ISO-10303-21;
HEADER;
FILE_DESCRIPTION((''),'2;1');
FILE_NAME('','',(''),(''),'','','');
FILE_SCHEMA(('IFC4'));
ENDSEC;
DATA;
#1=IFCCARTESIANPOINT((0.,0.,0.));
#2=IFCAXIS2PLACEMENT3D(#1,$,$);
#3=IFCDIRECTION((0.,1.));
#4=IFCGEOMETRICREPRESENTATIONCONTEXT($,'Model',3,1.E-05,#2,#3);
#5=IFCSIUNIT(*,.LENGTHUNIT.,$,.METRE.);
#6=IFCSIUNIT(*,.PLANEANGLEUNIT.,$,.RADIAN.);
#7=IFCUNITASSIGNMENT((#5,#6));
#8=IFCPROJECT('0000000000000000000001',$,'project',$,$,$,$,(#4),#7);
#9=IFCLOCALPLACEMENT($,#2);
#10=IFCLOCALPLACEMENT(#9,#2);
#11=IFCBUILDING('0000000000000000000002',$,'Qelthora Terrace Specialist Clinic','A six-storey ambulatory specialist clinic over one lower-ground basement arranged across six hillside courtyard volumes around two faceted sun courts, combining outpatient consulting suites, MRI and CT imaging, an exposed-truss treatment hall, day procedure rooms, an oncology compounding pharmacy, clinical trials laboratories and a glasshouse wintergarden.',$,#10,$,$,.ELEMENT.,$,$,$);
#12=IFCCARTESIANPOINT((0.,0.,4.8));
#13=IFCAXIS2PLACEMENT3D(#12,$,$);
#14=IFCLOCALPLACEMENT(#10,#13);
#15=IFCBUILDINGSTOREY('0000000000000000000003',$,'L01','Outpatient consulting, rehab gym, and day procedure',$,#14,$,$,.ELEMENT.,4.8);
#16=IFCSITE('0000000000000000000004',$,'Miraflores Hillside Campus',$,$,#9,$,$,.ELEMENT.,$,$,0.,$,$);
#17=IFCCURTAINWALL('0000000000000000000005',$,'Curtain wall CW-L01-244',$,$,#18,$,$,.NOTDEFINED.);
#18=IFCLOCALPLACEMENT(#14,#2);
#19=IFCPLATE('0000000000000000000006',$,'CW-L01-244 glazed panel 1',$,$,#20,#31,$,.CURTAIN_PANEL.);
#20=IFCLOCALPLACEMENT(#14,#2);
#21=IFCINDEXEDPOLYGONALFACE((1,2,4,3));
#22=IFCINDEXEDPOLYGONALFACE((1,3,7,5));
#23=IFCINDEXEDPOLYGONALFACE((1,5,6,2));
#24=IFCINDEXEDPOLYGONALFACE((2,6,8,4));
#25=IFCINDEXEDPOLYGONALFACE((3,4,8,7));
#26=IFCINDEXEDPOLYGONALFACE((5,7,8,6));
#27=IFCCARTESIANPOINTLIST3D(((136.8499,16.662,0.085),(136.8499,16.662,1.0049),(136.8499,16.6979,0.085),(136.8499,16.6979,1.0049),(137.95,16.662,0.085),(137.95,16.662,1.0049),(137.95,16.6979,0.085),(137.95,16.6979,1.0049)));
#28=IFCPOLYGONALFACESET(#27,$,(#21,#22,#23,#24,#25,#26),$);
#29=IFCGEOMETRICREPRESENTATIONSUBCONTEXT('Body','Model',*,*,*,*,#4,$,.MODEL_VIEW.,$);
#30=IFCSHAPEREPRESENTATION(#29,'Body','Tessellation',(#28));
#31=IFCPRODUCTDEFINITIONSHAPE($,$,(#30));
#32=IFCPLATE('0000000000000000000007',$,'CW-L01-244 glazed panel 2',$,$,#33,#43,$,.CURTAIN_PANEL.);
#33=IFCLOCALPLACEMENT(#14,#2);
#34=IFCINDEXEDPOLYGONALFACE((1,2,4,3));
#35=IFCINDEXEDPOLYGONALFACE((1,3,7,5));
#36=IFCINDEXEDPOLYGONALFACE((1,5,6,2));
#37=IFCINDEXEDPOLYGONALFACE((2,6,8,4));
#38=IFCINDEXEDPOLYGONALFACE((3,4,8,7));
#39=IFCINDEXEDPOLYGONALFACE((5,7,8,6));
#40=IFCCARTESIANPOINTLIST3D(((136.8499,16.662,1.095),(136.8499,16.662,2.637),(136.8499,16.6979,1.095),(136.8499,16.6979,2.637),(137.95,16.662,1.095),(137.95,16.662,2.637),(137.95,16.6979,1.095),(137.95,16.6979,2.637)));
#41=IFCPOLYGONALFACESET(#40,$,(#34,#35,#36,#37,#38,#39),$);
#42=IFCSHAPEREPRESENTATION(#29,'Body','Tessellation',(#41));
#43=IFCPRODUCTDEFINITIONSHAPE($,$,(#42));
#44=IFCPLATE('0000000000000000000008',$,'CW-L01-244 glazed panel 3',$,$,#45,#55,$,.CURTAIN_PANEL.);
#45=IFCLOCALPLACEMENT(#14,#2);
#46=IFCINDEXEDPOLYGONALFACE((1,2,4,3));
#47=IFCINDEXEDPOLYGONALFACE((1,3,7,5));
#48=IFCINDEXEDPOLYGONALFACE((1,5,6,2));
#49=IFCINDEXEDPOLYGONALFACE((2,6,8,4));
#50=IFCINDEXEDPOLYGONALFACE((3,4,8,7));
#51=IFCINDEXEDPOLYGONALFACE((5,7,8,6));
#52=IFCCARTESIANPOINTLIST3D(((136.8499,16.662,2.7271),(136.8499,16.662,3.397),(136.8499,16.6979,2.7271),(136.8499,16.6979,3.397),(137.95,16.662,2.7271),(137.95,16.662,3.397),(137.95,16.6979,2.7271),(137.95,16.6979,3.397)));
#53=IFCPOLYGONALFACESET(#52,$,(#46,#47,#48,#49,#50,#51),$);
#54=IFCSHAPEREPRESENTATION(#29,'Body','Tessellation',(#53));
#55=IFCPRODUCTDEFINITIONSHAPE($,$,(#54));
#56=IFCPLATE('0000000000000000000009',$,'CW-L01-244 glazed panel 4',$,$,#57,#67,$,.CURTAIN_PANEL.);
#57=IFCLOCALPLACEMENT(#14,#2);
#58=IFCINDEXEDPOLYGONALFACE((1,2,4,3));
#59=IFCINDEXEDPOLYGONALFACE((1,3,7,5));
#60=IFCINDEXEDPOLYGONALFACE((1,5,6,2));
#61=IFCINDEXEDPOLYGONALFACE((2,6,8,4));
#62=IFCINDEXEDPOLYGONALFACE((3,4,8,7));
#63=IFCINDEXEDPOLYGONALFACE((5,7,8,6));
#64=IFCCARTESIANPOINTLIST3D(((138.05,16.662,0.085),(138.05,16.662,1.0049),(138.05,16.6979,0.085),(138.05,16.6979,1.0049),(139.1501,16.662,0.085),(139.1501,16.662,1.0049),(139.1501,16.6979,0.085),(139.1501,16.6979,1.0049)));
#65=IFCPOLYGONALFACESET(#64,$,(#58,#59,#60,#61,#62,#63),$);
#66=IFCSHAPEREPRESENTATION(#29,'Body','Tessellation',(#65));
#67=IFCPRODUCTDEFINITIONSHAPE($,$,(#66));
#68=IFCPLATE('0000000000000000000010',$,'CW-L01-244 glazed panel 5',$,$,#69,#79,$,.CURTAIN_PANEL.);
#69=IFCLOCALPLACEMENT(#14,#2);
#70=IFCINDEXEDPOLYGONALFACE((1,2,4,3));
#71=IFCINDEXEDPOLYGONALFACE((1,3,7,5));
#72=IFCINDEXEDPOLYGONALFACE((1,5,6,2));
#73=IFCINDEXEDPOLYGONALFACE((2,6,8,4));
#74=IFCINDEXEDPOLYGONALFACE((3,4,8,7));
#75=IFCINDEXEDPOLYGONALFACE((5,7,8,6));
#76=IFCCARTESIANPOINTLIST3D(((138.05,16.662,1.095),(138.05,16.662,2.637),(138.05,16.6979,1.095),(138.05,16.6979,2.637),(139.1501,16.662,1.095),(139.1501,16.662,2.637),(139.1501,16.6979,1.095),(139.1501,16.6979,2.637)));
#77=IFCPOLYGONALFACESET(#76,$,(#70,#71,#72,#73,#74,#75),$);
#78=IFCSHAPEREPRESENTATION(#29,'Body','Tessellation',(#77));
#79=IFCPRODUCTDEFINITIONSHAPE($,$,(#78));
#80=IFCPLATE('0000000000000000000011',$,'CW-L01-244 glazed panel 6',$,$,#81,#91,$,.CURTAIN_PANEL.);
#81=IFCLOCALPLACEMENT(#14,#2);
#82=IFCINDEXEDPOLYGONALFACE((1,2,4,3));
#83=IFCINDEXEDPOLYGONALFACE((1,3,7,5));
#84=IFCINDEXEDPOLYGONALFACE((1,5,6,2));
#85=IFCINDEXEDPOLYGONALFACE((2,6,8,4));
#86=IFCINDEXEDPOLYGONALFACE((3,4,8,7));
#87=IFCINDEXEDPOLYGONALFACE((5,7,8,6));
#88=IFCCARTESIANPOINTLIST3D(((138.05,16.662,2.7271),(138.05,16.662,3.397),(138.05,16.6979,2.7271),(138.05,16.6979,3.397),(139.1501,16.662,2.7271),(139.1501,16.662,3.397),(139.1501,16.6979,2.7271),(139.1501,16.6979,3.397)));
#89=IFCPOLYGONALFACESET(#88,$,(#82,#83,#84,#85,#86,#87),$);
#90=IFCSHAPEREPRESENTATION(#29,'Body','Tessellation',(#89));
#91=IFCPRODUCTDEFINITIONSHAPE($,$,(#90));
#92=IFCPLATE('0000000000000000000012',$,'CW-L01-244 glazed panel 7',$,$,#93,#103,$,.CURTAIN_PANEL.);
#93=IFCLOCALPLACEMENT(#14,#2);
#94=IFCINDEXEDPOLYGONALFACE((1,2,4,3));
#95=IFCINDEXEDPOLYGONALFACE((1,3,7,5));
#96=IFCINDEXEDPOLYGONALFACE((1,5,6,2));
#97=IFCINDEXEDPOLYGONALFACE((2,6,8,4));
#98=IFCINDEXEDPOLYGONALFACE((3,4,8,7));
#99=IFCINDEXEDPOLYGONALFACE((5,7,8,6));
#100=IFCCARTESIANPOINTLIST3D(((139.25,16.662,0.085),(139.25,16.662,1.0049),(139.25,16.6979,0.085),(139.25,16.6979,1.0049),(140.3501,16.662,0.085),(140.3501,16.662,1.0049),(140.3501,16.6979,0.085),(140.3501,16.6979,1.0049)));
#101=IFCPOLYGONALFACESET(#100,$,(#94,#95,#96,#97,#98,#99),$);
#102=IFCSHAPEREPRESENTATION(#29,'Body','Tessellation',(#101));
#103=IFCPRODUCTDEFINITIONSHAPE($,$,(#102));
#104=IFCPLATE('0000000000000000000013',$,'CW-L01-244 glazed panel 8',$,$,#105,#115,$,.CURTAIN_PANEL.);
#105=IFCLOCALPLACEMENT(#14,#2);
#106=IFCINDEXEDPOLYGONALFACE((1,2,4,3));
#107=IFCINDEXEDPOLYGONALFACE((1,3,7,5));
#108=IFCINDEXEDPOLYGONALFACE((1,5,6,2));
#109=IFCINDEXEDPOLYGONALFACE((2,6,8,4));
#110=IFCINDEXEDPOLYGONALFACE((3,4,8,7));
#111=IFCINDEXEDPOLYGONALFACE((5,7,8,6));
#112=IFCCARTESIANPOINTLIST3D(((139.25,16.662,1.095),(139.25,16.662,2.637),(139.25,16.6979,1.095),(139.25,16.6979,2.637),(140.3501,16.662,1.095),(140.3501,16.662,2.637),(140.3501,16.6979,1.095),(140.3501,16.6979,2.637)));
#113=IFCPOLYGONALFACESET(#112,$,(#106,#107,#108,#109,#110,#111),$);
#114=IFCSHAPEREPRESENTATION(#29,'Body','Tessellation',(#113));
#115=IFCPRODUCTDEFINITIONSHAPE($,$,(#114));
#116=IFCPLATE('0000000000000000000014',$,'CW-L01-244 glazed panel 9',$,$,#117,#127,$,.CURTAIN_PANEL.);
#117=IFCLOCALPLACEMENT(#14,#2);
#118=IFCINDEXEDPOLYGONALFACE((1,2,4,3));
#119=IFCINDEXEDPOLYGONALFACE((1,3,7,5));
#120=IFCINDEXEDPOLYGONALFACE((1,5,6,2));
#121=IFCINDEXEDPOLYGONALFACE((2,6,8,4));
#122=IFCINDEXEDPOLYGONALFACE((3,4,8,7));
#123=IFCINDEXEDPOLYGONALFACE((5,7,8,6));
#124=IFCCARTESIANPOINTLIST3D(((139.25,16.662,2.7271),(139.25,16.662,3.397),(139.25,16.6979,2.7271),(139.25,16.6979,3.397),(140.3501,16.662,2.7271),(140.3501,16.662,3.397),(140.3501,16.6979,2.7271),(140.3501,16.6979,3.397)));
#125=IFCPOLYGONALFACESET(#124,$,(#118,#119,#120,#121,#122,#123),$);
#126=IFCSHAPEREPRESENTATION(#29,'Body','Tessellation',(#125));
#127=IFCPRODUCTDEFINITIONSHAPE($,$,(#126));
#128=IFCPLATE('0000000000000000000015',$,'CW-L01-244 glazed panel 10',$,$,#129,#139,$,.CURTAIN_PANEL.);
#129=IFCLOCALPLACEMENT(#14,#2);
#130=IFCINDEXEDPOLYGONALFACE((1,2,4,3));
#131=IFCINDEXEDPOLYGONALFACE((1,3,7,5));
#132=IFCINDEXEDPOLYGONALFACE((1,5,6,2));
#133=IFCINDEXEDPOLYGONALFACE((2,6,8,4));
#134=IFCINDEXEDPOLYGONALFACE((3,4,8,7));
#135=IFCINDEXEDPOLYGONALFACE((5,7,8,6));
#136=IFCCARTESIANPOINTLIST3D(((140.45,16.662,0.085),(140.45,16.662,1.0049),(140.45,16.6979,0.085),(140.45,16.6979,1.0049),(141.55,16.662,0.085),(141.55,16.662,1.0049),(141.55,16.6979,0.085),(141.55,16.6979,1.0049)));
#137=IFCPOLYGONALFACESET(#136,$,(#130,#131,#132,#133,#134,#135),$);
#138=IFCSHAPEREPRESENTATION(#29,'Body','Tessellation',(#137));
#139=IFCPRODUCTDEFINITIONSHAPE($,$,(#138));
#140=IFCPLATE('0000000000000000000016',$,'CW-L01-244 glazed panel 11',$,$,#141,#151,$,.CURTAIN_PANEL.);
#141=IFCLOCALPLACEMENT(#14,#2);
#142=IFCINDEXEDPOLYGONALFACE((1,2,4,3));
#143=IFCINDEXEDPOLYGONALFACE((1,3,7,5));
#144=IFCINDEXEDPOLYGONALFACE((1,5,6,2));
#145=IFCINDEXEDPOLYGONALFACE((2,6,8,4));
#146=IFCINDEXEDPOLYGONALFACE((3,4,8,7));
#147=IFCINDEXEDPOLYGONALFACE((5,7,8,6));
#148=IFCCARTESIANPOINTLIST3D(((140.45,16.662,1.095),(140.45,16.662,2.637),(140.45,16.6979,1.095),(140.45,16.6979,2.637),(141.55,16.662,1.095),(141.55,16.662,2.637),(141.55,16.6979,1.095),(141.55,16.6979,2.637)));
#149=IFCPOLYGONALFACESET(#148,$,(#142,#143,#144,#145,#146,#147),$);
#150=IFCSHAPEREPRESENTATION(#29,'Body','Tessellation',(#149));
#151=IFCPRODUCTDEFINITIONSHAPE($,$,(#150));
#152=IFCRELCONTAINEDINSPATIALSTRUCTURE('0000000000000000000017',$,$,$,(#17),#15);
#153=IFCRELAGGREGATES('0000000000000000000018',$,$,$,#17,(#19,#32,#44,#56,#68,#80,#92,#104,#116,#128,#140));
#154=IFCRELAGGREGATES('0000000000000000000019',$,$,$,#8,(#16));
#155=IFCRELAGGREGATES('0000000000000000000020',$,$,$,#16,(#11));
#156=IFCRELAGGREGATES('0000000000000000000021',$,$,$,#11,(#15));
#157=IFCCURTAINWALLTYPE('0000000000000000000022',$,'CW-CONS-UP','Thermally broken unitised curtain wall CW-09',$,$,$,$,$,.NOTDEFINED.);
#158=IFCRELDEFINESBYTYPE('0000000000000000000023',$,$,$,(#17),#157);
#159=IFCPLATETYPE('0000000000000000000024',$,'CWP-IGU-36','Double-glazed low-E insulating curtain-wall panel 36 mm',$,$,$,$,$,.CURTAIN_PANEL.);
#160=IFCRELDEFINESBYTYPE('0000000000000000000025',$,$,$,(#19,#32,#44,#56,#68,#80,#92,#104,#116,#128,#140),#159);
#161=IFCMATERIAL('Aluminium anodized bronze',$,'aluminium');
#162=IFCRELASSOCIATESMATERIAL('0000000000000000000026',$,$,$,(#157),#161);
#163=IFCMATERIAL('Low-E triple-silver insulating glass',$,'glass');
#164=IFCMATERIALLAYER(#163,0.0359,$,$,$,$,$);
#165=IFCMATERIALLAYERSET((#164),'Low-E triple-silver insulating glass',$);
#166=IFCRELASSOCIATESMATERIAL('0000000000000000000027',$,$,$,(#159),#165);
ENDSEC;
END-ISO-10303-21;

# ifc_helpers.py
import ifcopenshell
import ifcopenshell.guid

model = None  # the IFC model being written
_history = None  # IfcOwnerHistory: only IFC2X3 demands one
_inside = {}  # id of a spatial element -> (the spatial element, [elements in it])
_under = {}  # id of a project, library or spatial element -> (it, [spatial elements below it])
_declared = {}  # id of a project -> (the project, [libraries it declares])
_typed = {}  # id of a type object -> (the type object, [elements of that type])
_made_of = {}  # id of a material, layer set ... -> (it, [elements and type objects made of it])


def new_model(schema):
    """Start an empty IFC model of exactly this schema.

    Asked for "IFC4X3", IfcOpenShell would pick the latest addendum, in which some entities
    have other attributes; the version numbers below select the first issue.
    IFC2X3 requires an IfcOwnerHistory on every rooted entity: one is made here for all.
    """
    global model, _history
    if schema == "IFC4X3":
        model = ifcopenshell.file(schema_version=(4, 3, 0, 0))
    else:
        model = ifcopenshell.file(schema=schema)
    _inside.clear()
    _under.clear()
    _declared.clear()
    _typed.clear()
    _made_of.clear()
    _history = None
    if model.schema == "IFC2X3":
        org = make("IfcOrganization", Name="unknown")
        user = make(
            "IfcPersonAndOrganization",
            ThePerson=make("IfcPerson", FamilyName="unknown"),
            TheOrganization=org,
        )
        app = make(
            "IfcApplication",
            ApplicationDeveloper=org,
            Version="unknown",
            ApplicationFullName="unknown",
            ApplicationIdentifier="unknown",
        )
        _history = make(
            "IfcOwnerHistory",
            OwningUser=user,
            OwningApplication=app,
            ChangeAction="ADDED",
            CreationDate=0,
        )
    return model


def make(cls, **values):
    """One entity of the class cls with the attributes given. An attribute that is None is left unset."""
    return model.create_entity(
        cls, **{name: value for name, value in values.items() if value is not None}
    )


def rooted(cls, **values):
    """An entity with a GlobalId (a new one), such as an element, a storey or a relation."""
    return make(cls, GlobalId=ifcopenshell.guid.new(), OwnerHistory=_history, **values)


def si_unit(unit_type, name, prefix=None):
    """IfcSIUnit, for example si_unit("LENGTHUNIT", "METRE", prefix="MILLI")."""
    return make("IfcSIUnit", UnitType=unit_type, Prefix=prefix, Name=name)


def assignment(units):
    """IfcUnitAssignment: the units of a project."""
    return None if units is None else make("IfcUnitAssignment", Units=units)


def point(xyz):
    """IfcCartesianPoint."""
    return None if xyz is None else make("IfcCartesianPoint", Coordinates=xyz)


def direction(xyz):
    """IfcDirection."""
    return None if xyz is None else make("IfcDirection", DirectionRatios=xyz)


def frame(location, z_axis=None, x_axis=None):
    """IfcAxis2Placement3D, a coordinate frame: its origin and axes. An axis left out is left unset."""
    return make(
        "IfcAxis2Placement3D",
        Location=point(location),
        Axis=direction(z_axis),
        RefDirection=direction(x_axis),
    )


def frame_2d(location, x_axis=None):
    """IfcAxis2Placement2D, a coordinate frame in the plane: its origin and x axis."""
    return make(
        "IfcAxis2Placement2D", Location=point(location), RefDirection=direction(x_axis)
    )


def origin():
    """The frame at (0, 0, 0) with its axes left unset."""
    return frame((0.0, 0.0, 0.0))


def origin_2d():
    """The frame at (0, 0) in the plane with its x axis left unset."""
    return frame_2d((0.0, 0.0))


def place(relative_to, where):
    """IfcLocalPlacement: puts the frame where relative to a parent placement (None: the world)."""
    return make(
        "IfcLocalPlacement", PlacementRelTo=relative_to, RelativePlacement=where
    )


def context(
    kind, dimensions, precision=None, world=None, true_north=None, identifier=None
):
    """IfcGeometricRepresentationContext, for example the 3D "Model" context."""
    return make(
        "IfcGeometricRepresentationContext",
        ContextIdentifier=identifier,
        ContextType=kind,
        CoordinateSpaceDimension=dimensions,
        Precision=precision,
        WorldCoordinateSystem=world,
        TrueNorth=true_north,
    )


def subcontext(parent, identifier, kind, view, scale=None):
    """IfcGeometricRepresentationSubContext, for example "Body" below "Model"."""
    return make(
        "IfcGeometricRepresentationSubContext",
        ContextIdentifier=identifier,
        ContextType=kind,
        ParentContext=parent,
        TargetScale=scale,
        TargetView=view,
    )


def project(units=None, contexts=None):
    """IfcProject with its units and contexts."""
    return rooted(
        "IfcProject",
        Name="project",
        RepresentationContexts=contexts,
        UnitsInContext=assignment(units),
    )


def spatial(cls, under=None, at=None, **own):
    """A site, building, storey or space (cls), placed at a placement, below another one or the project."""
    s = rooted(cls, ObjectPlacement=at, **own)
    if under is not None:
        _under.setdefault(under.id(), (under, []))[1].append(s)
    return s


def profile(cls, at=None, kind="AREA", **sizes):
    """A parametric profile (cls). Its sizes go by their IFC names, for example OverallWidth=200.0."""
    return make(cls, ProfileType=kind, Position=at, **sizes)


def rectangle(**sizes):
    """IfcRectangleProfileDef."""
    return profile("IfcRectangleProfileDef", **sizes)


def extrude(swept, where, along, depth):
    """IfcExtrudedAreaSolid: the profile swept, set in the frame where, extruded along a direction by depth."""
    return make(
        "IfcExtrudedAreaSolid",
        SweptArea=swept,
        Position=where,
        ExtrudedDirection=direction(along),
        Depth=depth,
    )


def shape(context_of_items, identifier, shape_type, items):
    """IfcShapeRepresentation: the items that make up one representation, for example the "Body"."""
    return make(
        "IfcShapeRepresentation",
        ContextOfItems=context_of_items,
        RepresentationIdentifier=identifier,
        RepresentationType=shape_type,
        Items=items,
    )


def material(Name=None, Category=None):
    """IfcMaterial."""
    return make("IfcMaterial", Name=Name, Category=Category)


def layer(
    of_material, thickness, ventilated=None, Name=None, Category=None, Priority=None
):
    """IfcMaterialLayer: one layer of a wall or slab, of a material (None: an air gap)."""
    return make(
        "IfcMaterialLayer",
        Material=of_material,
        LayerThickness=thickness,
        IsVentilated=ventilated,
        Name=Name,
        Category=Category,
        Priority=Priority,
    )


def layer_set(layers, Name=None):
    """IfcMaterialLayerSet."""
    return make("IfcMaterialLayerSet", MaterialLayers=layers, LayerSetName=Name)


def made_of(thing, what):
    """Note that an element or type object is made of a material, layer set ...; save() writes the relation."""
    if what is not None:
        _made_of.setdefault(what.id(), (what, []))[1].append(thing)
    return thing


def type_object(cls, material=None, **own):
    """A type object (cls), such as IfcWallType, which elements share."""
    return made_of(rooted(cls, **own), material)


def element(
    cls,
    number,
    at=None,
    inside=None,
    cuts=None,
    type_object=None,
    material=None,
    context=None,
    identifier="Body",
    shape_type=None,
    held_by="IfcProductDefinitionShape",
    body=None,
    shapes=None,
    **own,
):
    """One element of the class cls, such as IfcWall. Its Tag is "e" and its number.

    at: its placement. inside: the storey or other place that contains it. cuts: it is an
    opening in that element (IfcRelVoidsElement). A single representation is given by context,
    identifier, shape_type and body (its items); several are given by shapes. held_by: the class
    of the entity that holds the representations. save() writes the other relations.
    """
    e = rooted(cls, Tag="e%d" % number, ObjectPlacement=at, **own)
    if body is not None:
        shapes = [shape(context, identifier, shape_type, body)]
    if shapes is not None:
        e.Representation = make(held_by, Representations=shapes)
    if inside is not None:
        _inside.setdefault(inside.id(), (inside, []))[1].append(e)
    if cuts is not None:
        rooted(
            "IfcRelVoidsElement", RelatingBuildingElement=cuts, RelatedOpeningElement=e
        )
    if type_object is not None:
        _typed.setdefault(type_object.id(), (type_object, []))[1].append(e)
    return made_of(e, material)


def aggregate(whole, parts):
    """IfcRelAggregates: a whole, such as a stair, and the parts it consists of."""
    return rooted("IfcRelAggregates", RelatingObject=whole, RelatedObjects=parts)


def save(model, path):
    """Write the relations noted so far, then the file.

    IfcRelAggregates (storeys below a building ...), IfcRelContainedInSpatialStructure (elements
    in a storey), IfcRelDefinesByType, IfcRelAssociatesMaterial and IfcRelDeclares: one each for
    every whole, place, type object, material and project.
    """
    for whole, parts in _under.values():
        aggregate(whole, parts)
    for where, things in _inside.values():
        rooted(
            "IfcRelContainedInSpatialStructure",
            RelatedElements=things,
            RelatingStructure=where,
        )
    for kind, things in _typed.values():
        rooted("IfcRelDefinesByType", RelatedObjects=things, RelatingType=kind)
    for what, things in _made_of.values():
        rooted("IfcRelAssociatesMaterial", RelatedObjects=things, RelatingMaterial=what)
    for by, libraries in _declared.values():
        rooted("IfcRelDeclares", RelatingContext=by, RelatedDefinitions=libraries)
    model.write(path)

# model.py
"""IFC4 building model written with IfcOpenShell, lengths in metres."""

from ifc_helpers import new_model, si_unit, direction, frame, origin, origin_2d, place, context, subcontext, project, spatial, rectangle, extrude, material, layer, layer_set, type_object, element, aggregate, save


model = new_model("IFC4")

# Units and contexts
model_context = context("Model", 3, precision=1e-05, world=origin(), true_north=direction((0.0, 1.0)))
body_context = subcontext(model_context, "Body", "Model", "MODEL_VIEW")
ifc_project = project(units=[si_unit("LENGTHUNIT", "METRE"), si_unit("PLANEANGLEUNIT", "RADIAN")], contexts=[model_context])

# Site, building, storey
site_placement = place(None, origin())
site = spatial("IfcSite", under=ifc_project, at=site_placement, Name="Miraflores Hillside Campus", CompositionType="ELEMENT", RefElevation=0.0)
building_placement = place(site_placement, origin())
building = spatial("IfcBuilding", under=site, at=building_placement, Name="Qelthora Terrace Specialist Clinic", Description="A six-storey ambulatory specialist clinic over one lower-ground basement arranged across six hillside courtyard volumes around two faceted sun courts, combining outpatient consulting suites, MRI and CT imaging, an exposed-truss treatment hall, day procedure rooms, an oncology compounding pharmacy, clinical trials laboratories and a glasshouse wintergarden.", CompositionType="ELEMENT")
storey_placement = place(building_placement, frame((0.0, 0.0, 4.8)))
storey = spatial("IfcBuildingStorey", under=building, at=storey_placement, Name="L01", Description="Outpatient consulting, rehab gym, and day procedure", CompositionType="ELEMENT", Elevation=4.8)

# Curtain wall
ifc_material_1 = material(Name="Aluminium anodized bronze", Category="aluminium")
curtain_wall_type = type_object("IfcCurtainWallType", Name="CW-CONS-UP", Description="Thermally broken unitised curtain wall CW-09", PredefinedType="NOTDEFINED", material=ifc_material_1)
curtain_wall_1_placement = place(storey_placement, origin())
curtain_wall_1 = element("IfcCurtainWall", 1, at=curtain_wall_1_placement, inside=storey, type_object=curtain_wall_type, Name="Curtain wall CW-L01-244", PredefinedType="NOTDEFINED")

# Plates
ifc_material_2 = material(Name="Low-E triple-silver insulating glass", Category="glass")
ifc_layer = layer(ifc_material_2, 0.0359)
ifc_layer_set = layer_set([ifc_layer], Name="Low-E triple-silver insulating glass")
plate_type = type_object("IfcPlateType", Name="CWP-IGU-36", Description="Double-glazed low-E insulating curtain-wall panel 36 mm", PredefinedType="CURTAIN_PANEL", material=ifc_layer_set)
plate_1_placement = place(storey_placement, frame((137.3999, 16.6799, 0.085), z_axis=(0.0, 0.0, 1.0), x_axis=(1.0, 0.0, 0.0)))
plate_1 = element("IfcPlate", 2, at=plate_1_placement, type_object=plate_type, Name="CW-L01-244 glazed panel 1", PredefinedType="CURTAIN_PANEL", context=body_context, shape_type="SweptSolid", body=[
    extrude(rectangle(XDim=1.1001, YDim=0.0359, at=origin_2d()), origin(), (0.0, 0.0, 1.0), 0.9199),
])
plate_2_placement = place(storey_placement, frame((137.3999, 16.6799, 1.095), z_axis=(0.0, 0.0, 1.0), x_axis=(1.0, 0.0, 0.0)))
plate_2 = element("IfcPlate", 3, at=plate_2_placement, type_object=plate_type, Name="CW-L01-244 glazed panel 2", PredefinedType="CURTAIN_PANEL", context=body_context, shape_type="SweptSolid", body=[
    extrude(rectangle(XDim=1.1001, YDim=0.0359, at=origin_2d()), origin(), (0.0, 0.0, 1.0), 1.542),
])
plate_3_placement = place(storey_placement, frame((137.3999, 16.6799, 2.7271), z_axis=(0.0, 0.0, 1.0), x_axis=(1.0, 0.0, 0.0)))
plate_3 = element("IfcPlate", 4, at=plate_3_placement, type_object=plate_type, Name="CW-L01-244 glazed panel 3", PredefinedType="CURTAIN_PANEL", context=body_context, shape_type="SweptSolid", body=[
    extrude(rectangle(XDim=1.1001, YDim=0.0359, at=origin_2d()), origin(), (0.0, 0.0, 1.0), 0.6699),
])
plate_4_placement = place(storey_placement, frame((138.6001, 16.6799, 0.085), z_axis=(0.0, 0.0, 1.0), x_axis=(1.0, 0.0, 0.0)))
plate_4 = element("IfcPlate", 5, at=plate_4_placement, type_object=plate_type, Name="CW-L01-244 glazed panel 4", PredefinedType="CURTAIN_PANEL", context=body_context, shape_type="SweptSolid", body=[
    extrude(rectangle(XDim=1.1001, YDim=0.0359, at=origin_2d()), origin(), (0.0, 0.0, 1.0), 0.9199),
])
plate_5_placement = place(storey_placement, frame((138.6001, 16.6799, 1.095), z_axis=(0.0, 0.0, 1.0), x_axis=(1.0, 0.0, 0.0)))
plate_5 = element("IfcPlate", 6, at=plate_5_placement, type_object=plate_type, Name="CW-L01-244 glazed panel 5", PredefinedType="CURTAIN_PANEL", context=body_context, shape_type="SweptSolid", body=[
    extrude(rectangle(XDim=1.1001, YDim=0.0359, at=origin_2d()), origin(), (0.0, 0.0, 1.0), 1.542),
])
plate_6_placement = place(storey_placement, frame((138.6001, 16.6799, 2.7271), z_axis=(0.0, 0.0, 1.0), x_axis=(1.0, 0.0, 0.0)))
plate_6 = element("IfcPlate", 7, at=plate_6_placement, type_object=plate_type, Name="CW-L01-244 glazed panel 6", PredefinedType="CURTAIN_PANEL", context=body_context, shape_type="SweptSolid", body=[
    extrude(rectangle(XDim=1.1001, YDim=0.0359, at=origin_2d()), origin(), (0.0, 0.0, 1.0), 0.6699),
])
plate_7_placement = place(storey_placement, frame((139.8, 16.6799, 0.085), z_axis=(0.0, 0.0, 1.0), x_axis=(1.0, 0.0, 0.0)))
plate_7 = element("IfcPlate", 8, at=plate_7_placement, type_object=plate_type, Name="CW-L01-244 glazed panel 7", PredefinedType="CURTAIN_PANEL", context=body_context, shape_type="SweptSolid", body=[
    extrude(rectangle(XDim=1.1001, YDim=0.0359, at=origin_2d()), origin(), (0.0, 0.0, 1.0), 0.9199),
])
plate_8_placement = place(storey_placement, frame((139.8, 16.6799, 1.095), z_axis=(0.0, 0.0, 1.0), x_axis=(1.0, 0.0, 0.0)))
plate_8 = element("IfcPlate", 9, at=plate_8_placement, type_object=plate_type, Name="CW-L01-244 glazed panel 8", PredefinedType="CURTAIN_PANEL", context=body_context, shape_type="SweptSolid", body=[
    extrude(rectangle(XDim=1.1001, YDim=0.0359, at=origin_2d()), origin(), (0.0, 0.0, 1.0), 1.542),
])
plate_9_placement = place(storey_placement, frame((139.8, 16.6799, 2.7271), z_axis=(0.0, 0.0, 1.0), x_axis=(1.0, 0.0, 0.0)))
plate_9 = element("IfcPlate", 10, at=plate_9_placement, type_object=plate_type, Name="CW-L01-244 glazed panel 9", PredefinedType="CURTAIN_PANEL", context=body_context, shape_type="SweptSolid", body=[
    extrude(rectangle(XDim=1.1001, YDim=0.0359, at=origin_2d()), origin(), (0.0, 0.0, 1.0), 0.6699),
])
plate_10_placement = place(storey_placement, frame((141.0, 16.6799, 0.085), z_axis=(0.0, 0.0, 1.0), x_axis=(1.0, 0.0, 0.0)))
plate_10 = element("IfcPlate", 11, at=plate_10_placement, type_object=plate_type, Name="CW-L01-244 glazed panel 10", PredefinedType="CURTAIN_PANEL", context=body_context, shape_type="SweptSolid", body=[
    extrude(rectangle(XDim=1.1001, YDim=0.0359, at=origin_2d()), origin(), (0.0, 0.0, 1.0), 0.9199),
])
plate_11_placement = place(storey_placement, frame((141.0, 16.6799, 1.095), z_axis=(0.0, 0.0, 1.0), x_axis=(1.0, 0.0, 0.0)))
plate_11 = element("IfcPlate", 12, at=plate_11_placement, type_object=plate_type, Name="CW-L01-244 glazed panel 11", PredefinedType="CURTAIN_PANEL", context=body_context, shape_type="SweptSolid", body=[
    extrude(rectangle(XDim=1.1001, YDim=0.0359, at=origin_2d()), origin(), (0.0, 0.0, 1.0), 1.542),
])
aggregate(curtain_wall_1, [plate_1, plate_2, plate_3, plate_4, plate_5, plate_6, plate_7, plate_8, plate_9, plate_10, plate_11])

save(model, "model.ifc")
